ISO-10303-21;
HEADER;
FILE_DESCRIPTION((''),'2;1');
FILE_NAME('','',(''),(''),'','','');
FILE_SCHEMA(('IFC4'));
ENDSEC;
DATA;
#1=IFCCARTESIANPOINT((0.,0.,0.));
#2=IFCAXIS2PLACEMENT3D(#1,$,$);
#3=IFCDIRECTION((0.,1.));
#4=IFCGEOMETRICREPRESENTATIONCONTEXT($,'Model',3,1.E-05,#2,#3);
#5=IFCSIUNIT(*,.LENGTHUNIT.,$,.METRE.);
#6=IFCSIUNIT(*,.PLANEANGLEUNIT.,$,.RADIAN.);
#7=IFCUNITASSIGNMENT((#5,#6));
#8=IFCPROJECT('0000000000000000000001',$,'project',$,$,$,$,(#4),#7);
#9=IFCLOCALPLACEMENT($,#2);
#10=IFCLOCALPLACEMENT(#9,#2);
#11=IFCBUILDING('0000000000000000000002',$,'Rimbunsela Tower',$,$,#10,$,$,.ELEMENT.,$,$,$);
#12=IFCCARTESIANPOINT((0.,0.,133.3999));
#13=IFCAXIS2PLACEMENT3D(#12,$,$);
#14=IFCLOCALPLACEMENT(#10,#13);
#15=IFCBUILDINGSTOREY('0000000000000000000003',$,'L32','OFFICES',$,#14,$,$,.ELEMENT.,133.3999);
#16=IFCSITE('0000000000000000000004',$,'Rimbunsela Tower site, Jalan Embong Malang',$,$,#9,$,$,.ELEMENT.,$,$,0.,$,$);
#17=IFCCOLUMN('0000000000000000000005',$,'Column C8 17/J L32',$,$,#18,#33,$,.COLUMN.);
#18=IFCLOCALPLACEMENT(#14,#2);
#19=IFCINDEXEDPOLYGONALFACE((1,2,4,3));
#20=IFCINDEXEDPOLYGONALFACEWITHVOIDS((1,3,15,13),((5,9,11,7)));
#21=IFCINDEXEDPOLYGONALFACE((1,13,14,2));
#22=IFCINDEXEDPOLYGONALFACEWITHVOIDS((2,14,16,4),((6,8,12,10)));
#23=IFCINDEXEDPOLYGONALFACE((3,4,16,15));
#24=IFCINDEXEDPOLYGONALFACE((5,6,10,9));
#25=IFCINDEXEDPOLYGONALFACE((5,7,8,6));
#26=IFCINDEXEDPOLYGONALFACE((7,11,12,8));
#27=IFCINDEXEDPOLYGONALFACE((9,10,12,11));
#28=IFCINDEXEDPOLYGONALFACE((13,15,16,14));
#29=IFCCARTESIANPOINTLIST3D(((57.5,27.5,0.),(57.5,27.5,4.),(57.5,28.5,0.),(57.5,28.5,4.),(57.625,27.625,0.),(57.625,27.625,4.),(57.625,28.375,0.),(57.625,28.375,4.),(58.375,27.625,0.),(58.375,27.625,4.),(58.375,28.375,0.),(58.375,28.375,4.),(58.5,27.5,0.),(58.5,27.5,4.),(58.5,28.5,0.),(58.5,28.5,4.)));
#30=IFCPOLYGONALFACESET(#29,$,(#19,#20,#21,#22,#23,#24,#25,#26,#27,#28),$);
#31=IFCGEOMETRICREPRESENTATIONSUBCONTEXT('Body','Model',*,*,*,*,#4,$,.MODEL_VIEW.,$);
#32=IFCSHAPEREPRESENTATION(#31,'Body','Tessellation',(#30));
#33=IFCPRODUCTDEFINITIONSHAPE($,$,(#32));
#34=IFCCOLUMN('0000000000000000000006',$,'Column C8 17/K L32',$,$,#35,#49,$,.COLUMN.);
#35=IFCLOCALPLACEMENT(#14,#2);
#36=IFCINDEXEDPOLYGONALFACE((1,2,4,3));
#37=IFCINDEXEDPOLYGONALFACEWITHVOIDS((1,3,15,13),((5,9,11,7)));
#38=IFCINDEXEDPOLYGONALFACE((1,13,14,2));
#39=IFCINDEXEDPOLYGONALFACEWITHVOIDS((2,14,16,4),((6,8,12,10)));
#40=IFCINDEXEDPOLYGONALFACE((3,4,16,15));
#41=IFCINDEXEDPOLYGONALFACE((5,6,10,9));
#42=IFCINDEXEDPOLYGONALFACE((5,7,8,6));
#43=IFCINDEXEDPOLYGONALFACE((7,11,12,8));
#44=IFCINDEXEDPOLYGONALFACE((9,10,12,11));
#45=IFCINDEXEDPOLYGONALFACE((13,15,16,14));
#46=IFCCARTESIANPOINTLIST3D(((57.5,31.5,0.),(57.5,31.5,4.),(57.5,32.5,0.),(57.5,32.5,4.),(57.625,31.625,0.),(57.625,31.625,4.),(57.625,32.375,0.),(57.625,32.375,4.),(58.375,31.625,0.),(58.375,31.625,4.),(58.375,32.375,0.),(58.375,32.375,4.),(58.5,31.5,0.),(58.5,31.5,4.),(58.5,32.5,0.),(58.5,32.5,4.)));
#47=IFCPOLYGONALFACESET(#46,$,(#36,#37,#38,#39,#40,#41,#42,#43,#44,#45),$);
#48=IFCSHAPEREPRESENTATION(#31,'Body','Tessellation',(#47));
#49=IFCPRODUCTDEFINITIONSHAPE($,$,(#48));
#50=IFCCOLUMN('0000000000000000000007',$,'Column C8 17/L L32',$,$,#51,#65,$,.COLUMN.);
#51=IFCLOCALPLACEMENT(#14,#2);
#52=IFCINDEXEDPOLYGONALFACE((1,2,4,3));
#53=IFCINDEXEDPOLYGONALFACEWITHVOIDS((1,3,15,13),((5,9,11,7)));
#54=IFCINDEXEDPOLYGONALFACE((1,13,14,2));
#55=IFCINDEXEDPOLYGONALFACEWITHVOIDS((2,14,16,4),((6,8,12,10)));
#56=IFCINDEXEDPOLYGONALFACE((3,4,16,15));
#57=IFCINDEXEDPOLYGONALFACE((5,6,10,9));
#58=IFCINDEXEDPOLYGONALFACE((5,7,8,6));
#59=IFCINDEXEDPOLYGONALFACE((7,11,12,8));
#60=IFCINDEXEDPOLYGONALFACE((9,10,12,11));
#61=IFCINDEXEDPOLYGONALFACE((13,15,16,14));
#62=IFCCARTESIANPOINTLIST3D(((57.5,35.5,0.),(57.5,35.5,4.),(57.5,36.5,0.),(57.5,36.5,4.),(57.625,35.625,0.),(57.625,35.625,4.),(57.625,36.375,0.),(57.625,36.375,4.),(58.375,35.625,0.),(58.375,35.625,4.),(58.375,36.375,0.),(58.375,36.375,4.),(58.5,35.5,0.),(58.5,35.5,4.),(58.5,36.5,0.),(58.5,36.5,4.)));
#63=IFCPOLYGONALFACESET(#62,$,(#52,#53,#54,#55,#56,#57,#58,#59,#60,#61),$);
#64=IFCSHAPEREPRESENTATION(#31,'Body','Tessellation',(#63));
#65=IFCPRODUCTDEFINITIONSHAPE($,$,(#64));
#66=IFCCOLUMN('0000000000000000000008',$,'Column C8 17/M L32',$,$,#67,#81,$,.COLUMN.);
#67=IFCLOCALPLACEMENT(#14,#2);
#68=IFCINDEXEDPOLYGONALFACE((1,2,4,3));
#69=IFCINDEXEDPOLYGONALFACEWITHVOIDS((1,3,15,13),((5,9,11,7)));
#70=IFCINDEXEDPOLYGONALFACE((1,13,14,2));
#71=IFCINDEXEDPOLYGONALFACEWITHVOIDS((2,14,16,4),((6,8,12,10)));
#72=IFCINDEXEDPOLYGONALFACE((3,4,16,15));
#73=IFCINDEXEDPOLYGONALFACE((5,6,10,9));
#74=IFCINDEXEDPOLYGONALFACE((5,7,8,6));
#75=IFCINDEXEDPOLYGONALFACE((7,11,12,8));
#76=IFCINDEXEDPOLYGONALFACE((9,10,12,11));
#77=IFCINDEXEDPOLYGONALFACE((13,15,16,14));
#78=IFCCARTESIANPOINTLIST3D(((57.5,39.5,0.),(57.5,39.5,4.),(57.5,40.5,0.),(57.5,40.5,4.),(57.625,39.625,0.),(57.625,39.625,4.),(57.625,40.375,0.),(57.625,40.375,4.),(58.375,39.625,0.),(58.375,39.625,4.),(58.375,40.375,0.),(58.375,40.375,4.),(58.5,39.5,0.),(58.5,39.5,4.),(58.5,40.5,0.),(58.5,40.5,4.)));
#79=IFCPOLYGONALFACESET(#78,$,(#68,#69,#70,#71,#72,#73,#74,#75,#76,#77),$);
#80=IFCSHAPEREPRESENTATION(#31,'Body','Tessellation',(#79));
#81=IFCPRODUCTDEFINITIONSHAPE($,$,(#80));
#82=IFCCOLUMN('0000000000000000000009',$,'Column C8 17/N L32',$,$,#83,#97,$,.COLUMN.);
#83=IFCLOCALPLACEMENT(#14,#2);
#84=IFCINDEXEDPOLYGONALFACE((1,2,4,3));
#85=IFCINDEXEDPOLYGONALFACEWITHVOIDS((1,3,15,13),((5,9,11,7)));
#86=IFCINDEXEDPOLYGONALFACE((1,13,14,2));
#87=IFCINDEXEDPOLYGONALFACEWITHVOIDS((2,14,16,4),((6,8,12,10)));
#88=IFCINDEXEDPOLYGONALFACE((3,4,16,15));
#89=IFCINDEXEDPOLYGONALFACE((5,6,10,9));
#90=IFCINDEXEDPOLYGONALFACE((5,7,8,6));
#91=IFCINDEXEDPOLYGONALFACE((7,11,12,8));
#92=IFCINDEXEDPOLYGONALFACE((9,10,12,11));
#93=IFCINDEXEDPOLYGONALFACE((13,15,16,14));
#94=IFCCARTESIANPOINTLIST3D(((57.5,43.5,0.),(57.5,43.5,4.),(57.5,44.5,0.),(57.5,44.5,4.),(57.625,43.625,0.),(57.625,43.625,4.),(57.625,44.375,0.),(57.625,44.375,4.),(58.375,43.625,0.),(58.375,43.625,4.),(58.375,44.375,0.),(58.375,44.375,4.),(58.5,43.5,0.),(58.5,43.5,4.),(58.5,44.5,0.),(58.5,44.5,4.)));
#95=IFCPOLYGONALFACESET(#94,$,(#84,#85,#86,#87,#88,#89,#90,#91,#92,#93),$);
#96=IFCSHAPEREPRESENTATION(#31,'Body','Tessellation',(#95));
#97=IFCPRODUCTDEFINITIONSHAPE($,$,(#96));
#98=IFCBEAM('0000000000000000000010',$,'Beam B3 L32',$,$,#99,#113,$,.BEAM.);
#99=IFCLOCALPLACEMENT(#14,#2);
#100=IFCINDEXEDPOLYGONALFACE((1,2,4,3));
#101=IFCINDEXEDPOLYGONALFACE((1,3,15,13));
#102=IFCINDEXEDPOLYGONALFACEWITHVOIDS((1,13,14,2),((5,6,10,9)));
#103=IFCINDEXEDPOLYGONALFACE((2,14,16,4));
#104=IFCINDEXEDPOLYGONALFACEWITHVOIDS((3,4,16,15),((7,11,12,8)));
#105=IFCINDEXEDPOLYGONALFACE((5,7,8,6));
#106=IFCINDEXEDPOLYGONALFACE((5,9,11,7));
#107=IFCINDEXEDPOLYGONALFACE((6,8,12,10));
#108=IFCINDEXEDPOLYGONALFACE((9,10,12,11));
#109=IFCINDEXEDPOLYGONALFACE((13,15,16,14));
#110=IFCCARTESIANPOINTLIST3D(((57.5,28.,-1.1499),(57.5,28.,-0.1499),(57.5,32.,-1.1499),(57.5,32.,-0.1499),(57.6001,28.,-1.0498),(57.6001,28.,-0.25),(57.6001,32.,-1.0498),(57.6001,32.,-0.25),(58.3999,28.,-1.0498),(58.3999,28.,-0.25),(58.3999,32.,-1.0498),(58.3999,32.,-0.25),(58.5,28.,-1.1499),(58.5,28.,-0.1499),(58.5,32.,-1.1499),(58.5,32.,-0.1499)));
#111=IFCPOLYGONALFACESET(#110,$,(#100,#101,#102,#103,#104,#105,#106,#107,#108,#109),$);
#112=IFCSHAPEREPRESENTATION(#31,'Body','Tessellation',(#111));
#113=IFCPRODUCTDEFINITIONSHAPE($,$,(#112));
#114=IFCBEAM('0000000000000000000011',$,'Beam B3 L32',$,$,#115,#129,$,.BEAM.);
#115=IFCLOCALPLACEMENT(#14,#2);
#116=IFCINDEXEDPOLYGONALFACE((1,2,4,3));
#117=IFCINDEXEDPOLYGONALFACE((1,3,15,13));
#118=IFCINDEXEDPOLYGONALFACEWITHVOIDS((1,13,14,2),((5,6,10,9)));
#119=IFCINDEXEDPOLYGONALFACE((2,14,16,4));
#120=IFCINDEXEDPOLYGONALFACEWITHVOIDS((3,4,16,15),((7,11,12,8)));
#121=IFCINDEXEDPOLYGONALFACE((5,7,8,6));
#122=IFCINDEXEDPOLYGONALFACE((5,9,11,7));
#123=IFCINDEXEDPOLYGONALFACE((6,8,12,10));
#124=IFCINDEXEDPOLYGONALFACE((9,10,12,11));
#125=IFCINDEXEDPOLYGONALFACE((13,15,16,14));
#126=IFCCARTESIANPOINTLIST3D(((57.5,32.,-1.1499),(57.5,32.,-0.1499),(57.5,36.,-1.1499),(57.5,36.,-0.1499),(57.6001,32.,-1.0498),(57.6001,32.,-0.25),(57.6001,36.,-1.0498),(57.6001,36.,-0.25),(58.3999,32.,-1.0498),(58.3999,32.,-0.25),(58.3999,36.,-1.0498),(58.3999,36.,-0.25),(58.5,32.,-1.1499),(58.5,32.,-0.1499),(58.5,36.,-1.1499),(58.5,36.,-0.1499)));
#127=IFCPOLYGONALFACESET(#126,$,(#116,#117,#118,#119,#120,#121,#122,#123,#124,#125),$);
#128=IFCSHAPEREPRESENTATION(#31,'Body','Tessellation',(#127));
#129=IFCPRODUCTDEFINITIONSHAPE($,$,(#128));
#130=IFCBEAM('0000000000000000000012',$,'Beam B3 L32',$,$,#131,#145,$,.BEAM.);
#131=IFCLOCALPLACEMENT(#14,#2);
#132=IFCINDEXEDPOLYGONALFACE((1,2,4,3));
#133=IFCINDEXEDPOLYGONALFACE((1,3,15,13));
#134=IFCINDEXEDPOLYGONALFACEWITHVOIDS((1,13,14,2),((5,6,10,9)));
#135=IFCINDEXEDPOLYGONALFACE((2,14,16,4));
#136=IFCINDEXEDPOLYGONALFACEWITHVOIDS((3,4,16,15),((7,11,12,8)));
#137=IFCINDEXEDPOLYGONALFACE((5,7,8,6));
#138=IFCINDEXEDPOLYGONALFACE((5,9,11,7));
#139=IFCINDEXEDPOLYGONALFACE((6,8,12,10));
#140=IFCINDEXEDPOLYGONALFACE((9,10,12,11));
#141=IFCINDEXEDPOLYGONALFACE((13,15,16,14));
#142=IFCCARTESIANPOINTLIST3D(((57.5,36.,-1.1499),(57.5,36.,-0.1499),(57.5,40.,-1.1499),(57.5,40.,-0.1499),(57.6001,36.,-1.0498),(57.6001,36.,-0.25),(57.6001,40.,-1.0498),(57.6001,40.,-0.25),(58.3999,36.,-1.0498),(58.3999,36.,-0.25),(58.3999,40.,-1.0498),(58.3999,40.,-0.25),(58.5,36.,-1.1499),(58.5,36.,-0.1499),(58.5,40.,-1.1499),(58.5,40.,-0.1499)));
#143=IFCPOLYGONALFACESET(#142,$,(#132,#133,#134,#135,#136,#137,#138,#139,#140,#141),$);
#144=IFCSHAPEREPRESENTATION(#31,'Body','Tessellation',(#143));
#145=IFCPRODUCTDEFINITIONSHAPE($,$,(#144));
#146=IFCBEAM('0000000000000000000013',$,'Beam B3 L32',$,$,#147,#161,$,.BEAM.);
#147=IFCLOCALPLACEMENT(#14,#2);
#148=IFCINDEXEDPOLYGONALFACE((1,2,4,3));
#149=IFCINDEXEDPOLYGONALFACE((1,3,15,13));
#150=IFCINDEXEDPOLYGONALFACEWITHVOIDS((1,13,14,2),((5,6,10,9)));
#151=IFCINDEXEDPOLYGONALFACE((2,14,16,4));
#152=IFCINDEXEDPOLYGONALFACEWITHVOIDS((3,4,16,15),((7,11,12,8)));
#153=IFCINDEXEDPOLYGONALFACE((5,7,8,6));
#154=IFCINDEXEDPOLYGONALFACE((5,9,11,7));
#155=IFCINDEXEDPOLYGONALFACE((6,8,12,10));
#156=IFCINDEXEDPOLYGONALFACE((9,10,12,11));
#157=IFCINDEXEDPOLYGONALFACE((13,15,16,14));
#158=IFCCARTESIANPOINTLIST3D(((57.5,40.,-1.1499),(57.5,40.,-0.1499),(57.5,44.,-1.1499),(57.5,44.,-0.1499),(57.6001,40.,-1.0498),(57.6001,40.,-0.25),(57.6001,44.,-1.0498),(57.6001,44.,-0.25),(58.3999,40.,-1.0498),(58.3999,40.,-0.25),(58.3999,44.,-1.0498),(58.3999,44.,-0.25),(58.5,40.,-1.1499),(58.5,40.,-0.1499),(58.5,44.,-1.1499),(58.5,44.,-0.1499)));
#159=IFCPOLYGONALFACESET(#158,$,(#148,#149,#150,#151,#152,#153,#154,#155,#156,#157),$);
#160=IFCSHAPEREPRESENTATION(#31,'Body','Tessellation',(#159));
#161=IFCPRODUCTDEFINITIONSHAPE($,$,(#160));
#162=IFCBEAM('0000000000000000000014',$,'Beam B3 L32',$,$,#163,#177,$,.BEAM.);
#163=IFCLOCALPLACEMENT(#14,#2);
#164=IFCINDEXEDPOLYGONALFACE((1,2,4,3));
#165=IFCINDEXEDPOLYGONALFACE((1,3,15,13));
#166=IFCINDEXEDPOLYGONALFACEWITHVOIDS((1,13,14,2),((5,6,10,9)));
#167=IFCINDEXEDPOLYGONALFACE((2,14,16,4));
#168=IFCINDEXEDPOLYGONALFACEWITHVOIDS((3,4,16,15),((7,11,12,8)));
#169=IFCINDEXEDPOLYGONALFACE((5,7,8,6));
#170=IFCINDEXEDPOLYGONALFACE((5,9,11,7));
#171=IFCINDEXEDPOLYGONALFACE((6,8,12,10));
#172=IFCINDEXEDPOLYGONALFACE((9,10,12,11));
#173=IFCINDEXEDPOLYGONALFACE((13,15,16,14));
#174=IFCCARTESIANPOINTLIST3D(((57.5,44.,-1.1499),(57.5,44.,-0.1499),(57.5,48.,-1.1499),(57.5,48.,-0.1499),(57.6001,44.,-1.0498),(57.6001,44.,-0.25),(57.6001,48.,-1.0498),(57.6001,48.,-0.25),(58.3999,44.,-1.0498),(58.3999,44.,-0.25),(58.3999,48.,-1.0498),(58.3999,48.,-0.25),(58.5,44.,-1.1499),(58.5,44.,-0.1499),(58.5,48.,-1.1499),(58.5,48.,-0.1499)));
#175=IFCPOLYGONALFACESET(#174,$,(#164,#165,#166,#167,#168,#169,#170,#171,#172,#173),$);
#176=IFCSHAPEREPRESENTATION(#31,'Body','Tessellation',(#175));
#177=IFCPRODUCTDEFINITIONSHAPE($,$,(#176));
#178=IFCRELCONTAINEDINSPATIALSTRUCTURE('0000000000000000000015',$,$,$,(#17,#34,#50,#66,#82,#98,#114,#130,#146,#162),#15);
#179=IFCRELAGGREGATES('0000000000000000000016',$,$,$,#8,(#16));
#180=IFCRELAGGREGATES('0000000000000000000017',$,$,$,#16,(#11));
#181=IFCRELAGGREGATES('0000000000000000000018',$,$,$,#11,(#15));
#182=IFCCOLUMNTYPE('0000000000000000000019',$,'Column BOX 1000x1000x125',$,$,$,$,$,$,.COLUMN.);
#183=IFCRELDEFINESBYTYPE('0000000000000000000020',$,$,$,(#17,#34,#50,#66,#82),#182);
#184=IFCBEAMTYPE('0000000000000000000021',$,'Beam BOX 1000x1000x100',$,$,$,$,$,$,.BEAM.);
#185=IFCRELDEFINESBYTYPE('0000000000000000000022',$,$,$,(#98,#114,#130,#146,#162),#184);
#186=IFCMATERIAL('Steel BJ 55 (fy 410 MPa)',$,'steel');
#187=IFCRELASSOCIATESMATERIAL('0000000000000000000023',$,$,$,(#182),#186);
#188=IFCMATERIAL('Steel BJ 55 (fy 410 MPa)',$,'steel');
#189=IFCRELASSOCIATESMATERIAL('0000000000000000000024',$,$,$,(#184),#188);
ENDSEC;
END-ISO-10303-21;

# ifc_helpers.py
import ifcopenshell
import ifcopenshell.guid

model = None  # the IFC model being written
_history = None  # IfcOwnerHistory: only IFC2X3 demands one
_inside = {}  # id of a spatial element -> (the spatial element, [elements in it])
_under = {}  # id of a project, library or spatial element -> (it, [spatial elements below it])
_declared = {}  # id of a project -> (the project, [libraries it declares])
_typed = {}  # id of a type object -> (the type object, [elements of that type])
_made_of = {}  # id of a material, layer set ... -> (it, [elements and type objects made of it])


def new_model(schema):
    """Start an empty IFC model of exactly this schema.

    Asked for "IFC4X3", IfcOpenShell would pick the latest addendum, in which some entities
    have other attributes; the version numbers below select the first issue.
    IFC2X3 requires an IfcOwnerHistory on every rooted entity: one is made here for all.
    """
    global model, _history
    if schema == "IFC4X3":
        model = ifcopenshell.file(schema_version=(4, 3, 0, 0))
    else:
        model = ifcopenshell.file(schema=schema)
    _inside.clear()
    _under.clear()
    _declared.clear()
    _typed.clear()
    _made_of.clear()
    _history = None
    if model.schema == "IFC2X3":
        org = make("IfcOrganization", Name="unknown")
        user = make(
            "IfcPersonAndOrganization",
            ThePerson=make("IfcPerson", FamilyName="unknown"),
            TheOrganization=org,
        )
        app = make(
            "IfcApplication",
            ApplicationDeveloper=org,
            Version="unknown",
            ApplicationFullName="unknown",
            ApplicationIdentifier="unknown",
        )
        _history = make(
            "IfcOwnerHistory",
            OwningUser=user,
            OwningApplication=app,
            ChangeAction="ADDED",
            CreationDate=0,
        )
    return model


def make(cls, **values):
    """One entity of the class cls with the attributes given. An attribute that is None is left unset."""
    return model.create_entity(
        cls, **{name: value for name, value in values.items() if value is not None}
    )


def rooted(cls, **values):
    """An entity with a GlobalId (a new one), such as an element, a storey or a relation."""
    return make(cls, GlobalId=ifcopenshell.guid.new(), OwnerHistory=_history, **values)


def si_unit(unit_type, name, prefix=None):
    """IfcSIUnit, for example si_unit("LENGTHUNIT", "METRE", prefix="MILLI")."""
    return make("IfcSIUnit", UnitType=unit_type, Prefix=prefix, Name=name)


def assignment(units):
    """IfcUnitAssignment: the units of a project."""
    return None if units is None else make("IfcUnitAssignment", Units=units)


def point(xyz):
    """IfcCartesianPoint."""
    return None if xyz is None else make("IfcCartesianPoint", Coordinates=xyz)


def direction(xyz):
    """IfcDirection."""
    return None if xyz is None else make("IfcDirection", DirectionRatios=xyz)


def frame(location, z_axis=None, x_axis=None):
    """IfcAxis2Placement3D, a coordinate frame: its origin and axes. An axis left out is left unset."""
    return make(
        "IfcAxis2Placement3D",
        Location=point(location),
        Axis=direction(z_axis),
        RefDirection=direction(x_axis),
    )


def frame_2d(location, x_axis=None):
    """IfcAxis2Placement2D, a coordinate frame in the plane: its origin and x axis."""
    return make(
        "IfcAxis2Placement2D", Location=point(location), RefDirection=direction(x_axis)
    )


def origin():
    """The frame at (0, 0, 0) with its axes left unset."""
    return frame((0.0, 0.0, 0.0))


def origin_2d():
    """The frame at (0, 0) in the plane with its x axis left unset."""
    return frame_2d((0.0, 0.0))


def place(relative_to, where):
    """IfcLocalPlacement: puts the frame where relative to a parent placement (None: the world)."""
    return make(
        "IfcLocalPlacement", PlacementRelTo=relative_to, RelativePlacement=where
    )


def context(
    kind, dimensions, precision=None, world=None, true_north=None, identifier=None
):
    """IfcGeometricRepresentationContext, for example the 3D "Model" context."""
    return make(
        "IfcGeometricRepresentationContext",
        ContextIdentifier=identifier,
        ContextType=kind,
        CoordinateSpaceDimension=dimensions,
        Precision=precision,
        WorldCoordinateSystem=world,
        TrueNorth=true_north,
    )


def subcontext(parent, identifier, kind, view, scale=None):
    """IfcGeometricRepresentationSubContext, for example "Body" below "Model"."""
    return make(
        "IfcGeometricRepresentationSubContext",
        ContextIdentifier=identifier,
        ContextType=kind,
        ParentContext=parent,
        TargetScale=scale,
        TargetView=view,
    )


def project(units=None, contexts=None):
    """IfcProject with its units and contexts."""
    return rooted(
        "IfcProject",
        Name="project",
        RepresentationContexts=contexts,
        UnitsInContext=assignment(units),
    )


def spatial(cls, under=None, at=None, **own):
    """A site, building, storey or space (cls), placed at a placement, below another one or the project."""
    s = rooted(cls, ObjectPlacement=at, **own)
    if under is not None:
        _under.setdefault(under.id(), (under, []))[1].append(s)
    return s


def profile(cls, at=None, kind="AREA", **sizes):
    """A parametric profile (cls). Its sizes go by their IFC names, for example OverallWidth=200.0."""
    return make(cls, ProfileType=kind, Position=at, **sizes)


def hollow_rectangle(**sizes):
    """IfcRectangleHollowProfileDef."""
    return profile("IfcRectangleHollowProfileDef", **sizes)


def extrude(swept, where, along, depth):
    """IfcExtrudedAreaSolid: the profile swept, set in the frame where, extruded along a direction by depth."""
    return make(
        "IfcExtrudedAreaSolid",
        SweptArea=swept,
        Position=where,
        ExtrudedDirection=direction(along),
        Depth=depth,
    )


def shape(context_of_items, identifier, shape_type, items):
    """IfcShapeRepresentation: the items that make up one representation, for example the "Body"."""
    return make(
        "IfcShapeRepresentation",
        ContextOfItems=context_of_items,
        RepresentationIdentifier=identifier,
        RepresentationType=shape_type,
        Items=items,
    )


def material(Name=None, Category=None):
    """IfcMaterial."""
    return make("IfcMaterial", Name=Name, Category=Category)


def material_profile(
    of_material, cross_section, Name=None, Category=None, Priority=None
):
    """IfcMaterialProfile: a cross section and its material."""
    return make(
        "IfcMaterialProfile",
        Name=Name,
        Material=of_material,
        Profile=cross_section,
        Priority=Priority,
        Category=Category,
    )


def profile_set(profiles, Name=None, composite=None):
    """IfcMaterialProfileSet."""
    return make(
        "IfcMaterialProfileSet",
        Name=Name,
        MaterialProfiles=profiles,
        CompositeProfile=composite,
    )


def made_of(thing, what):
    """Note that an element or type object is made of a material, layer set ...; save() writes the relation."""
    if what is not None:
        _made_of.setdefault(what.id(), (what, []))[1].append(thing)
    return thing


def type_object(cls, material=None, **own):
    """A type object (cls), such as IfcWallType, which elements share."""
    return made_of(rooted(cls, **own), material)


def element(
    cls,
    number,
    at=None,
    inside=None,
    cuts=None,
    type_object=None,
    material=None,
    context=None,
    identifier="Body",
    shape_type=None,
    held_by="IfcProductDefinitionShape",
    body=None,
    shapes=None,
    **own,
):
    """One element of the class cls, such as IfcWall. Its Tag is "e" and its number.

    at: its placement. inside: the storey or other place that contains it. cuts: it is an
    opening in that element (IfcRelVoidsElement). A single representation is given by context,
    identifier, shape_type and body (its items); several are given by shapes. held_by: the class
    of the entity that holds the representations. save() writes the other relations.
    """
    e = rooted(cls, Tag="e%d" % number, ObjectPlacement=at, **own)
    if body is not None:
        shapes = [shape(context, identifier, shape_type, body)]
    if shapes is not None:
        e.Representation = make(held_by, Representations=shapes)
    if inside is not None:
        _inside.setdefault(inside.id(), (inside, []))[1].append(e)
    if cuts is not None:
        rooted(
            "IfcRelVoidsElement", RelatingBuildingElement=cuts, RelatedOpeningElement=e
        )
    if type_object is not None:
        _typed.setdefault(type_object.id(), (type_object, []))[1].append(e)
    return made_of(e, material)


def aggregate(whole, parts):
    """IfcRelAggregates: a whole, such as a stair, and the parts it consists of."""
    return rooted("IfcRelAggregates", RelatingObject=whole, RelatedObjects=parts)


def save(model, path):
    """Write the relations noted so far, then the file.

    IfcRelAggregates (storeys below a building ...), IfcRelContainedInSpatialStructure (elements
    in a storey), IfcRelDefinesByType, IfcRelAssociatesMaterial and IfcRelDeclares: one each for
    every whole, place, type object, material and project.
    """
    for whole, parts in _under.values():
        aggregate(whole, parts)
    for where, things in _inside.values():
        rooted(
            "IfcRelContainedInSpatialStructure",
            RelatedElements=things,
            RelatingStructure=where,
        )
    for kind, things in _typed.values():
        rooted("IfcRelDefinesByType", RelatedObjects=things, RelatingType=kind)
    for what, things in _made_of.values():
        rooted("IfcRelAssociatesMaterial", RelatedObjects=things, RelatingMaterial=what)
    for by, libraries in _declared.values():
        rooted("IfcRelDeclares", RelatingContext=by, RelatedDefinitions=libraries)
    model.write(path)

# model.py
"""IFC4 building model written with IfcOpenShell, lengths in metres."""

from ifc_helpers import new_model, si_unit, direction, frame, origin, origin_2d, place, context, subcontext, project, spatial, hollow_rectangle, extrude, material, material_profile, profile_set, type_object, element, save


model = new_model("IFC4")

# Units and contexts
model_context = context("Model", 3, precision=1e-05, world=origin(), true_north=direction((0.0, 1.0)))
body_context = subcontext(model_context, "Body", "Model", "MODEL_VIEW")
ifc_project = project(units=[si_unit("LENGTHUNIT", "METRE"), si_unit("PLANEANGLEUNIT", "RADIAN")], contexts=[model_context])

# Site, building, storey
site_placement = place(None, origin())
site = spatial("IfcSite", under=ifc_project, at=site_placement, Name="Rimbunsela Tower site, Jalan Embong Malang", CompositionType="ELEMENT", RefElevation=0.0)
building_placement = place(site_placement, origin())
building = spatial("IfcBuilding", under=site, at=building_placement, Name="Rimbunsela Tower", CompositionType="ELEMENT")
storey_placement = place(building_placement, frame((0.0, 0.0, 133.3999)))
storey = spatial("IfcBuildingStorey", under=building, at=storey_placement, Name="L32", Description="OFFICES", CompositionType="ELEMENT", Elevation=133.3999)

# Columns
ifc_material_1 = material(Name="Steel BJ 55 (fy 410 MPa)", Category="steel")
ifc_material_profile_1 = material_profile(ifc_material_1, hollow_rectangle(XDim=1.0, YDim=1.0, WallThickness=0.125, at=origin_2d()), Name="BOX 1000x1000x125")
ifc_profile_set_1 = profile_set([ifc_material_profile_1], Name="Steel BJ 55 (fy 410 MPa)")
column_type = type_object("IfcColumnType", Name="Column BOX 1000x1000x125", PredefinedType="COLUMN", material=ifc_profile_set_1)
for number, where, z_axis, x_axis, name in (
    (1, (58.0, 28.0, 0.0), (0.0, 0.0, 1.0), (1.0, 0.0, 0.0), "Column C8 17/J L32"),
    (2, (58.0, 32.0, 0.0), (0.0, 0.0, 1.0), (1.0, 0.0, 0.0), "Column C8 17/K L32"),
    (3, (58.0, 36.0, 0.0), (0.0, 0.0, 1.0), (1.0, 0.0, 0.0), "Column C8 17/L L32"),
    (4, (58.0, 40.0, 0.0), (0.0, 0.0, 1.0), (1.0, 0.0, 0.0), "Column C8 17/M L32"),
    (5, (58.0, 44.0, 0.0), (0.0, 0.0, 1.0), (1.0, 0.0, 0.0), "Column C8 17/N L32"),
):
    element("IfcColumn", number, at=place(storey_placement, frame(where, z_axis=z_axis, x_axis=x_axis)), inside=storey, type_object=column_type, Name=name, PredefinedType="COLUMN", context=body_context, shape_type="SweptSolid", body=[
        extrude(hollow_rectangle(XDim=1.0, YDim=1.0, WallThickness=0.125, at=origin_2d()), origin(), (0.0, 0.0, 1.0), 4.0),
    ])

# Beams
ifc_material_2 = material(Name="Steel BJ 55 (fy 410 MPa)", Category="steel")
ifc_material_profile_2 = material_profile(ifc_material_2, hollow_rectangle(XDim=1.0, YDim=1.0, WallThickness=0.1001, at=origin_2d()), Name="BOX 1000x1000x100")
ifc_profile_set_2 = profile_set([ifc_material_profile_2], Name="Steel BJ 55 (fy 410 MPa)")
beam_type_1 = type_object("IfcBeamType", Name="Beam BOX 1000x1000x100", PredefinedType="BEAM", material=ifc_profile_set_2)
for number, where, z_axis, x_axis, name in (
    (6, (58.0, 28.0, -0.6499), (0.0, 1.0, 0.0), (-1.0, 0.0, 0.0), "Beam B3 L32"),
    (7, (58.0, 32.0, -0.6499), (0.0, 1.0, 0.0), (-1.0, 0.0, 0.0), "Beam B3 L32"),
    (8, (58.0, 36.0, -0.6499), (0.0, 1.0, 0.0), (-1.0, 0.0, 0.0), "Beam B3 L32"),
    (9, (58.0, 40.0, -0.6499), (0.0, 1.0, 0.0), (-1.0, 0.0, 0.0), "Beam B3 L32"),
    (10, (58.0, 44.0, -0.6499), (0.0, 1.0, 0.0), (-1.0, 0.0, 0.0), "Beam B3 L32"),
):
    element("IfcBeam", number, at=place(storey_placement, frame(where, z_axis=z_axis, x_axis=x_axis)), inside=storey, type_object=beam_type_1, Name=name, PredefinedType="BEAM", context=body_context, shape_type="SweptSolid", body=[
        extrude(hollow_rectangle(XDim=1.0, YDim=1.0, WallThickness=0.1001, at=origin_2d()), origin(), (0.0, 0.0, 1.0), 4.0),
    ])

save(model, "model.ifc")
